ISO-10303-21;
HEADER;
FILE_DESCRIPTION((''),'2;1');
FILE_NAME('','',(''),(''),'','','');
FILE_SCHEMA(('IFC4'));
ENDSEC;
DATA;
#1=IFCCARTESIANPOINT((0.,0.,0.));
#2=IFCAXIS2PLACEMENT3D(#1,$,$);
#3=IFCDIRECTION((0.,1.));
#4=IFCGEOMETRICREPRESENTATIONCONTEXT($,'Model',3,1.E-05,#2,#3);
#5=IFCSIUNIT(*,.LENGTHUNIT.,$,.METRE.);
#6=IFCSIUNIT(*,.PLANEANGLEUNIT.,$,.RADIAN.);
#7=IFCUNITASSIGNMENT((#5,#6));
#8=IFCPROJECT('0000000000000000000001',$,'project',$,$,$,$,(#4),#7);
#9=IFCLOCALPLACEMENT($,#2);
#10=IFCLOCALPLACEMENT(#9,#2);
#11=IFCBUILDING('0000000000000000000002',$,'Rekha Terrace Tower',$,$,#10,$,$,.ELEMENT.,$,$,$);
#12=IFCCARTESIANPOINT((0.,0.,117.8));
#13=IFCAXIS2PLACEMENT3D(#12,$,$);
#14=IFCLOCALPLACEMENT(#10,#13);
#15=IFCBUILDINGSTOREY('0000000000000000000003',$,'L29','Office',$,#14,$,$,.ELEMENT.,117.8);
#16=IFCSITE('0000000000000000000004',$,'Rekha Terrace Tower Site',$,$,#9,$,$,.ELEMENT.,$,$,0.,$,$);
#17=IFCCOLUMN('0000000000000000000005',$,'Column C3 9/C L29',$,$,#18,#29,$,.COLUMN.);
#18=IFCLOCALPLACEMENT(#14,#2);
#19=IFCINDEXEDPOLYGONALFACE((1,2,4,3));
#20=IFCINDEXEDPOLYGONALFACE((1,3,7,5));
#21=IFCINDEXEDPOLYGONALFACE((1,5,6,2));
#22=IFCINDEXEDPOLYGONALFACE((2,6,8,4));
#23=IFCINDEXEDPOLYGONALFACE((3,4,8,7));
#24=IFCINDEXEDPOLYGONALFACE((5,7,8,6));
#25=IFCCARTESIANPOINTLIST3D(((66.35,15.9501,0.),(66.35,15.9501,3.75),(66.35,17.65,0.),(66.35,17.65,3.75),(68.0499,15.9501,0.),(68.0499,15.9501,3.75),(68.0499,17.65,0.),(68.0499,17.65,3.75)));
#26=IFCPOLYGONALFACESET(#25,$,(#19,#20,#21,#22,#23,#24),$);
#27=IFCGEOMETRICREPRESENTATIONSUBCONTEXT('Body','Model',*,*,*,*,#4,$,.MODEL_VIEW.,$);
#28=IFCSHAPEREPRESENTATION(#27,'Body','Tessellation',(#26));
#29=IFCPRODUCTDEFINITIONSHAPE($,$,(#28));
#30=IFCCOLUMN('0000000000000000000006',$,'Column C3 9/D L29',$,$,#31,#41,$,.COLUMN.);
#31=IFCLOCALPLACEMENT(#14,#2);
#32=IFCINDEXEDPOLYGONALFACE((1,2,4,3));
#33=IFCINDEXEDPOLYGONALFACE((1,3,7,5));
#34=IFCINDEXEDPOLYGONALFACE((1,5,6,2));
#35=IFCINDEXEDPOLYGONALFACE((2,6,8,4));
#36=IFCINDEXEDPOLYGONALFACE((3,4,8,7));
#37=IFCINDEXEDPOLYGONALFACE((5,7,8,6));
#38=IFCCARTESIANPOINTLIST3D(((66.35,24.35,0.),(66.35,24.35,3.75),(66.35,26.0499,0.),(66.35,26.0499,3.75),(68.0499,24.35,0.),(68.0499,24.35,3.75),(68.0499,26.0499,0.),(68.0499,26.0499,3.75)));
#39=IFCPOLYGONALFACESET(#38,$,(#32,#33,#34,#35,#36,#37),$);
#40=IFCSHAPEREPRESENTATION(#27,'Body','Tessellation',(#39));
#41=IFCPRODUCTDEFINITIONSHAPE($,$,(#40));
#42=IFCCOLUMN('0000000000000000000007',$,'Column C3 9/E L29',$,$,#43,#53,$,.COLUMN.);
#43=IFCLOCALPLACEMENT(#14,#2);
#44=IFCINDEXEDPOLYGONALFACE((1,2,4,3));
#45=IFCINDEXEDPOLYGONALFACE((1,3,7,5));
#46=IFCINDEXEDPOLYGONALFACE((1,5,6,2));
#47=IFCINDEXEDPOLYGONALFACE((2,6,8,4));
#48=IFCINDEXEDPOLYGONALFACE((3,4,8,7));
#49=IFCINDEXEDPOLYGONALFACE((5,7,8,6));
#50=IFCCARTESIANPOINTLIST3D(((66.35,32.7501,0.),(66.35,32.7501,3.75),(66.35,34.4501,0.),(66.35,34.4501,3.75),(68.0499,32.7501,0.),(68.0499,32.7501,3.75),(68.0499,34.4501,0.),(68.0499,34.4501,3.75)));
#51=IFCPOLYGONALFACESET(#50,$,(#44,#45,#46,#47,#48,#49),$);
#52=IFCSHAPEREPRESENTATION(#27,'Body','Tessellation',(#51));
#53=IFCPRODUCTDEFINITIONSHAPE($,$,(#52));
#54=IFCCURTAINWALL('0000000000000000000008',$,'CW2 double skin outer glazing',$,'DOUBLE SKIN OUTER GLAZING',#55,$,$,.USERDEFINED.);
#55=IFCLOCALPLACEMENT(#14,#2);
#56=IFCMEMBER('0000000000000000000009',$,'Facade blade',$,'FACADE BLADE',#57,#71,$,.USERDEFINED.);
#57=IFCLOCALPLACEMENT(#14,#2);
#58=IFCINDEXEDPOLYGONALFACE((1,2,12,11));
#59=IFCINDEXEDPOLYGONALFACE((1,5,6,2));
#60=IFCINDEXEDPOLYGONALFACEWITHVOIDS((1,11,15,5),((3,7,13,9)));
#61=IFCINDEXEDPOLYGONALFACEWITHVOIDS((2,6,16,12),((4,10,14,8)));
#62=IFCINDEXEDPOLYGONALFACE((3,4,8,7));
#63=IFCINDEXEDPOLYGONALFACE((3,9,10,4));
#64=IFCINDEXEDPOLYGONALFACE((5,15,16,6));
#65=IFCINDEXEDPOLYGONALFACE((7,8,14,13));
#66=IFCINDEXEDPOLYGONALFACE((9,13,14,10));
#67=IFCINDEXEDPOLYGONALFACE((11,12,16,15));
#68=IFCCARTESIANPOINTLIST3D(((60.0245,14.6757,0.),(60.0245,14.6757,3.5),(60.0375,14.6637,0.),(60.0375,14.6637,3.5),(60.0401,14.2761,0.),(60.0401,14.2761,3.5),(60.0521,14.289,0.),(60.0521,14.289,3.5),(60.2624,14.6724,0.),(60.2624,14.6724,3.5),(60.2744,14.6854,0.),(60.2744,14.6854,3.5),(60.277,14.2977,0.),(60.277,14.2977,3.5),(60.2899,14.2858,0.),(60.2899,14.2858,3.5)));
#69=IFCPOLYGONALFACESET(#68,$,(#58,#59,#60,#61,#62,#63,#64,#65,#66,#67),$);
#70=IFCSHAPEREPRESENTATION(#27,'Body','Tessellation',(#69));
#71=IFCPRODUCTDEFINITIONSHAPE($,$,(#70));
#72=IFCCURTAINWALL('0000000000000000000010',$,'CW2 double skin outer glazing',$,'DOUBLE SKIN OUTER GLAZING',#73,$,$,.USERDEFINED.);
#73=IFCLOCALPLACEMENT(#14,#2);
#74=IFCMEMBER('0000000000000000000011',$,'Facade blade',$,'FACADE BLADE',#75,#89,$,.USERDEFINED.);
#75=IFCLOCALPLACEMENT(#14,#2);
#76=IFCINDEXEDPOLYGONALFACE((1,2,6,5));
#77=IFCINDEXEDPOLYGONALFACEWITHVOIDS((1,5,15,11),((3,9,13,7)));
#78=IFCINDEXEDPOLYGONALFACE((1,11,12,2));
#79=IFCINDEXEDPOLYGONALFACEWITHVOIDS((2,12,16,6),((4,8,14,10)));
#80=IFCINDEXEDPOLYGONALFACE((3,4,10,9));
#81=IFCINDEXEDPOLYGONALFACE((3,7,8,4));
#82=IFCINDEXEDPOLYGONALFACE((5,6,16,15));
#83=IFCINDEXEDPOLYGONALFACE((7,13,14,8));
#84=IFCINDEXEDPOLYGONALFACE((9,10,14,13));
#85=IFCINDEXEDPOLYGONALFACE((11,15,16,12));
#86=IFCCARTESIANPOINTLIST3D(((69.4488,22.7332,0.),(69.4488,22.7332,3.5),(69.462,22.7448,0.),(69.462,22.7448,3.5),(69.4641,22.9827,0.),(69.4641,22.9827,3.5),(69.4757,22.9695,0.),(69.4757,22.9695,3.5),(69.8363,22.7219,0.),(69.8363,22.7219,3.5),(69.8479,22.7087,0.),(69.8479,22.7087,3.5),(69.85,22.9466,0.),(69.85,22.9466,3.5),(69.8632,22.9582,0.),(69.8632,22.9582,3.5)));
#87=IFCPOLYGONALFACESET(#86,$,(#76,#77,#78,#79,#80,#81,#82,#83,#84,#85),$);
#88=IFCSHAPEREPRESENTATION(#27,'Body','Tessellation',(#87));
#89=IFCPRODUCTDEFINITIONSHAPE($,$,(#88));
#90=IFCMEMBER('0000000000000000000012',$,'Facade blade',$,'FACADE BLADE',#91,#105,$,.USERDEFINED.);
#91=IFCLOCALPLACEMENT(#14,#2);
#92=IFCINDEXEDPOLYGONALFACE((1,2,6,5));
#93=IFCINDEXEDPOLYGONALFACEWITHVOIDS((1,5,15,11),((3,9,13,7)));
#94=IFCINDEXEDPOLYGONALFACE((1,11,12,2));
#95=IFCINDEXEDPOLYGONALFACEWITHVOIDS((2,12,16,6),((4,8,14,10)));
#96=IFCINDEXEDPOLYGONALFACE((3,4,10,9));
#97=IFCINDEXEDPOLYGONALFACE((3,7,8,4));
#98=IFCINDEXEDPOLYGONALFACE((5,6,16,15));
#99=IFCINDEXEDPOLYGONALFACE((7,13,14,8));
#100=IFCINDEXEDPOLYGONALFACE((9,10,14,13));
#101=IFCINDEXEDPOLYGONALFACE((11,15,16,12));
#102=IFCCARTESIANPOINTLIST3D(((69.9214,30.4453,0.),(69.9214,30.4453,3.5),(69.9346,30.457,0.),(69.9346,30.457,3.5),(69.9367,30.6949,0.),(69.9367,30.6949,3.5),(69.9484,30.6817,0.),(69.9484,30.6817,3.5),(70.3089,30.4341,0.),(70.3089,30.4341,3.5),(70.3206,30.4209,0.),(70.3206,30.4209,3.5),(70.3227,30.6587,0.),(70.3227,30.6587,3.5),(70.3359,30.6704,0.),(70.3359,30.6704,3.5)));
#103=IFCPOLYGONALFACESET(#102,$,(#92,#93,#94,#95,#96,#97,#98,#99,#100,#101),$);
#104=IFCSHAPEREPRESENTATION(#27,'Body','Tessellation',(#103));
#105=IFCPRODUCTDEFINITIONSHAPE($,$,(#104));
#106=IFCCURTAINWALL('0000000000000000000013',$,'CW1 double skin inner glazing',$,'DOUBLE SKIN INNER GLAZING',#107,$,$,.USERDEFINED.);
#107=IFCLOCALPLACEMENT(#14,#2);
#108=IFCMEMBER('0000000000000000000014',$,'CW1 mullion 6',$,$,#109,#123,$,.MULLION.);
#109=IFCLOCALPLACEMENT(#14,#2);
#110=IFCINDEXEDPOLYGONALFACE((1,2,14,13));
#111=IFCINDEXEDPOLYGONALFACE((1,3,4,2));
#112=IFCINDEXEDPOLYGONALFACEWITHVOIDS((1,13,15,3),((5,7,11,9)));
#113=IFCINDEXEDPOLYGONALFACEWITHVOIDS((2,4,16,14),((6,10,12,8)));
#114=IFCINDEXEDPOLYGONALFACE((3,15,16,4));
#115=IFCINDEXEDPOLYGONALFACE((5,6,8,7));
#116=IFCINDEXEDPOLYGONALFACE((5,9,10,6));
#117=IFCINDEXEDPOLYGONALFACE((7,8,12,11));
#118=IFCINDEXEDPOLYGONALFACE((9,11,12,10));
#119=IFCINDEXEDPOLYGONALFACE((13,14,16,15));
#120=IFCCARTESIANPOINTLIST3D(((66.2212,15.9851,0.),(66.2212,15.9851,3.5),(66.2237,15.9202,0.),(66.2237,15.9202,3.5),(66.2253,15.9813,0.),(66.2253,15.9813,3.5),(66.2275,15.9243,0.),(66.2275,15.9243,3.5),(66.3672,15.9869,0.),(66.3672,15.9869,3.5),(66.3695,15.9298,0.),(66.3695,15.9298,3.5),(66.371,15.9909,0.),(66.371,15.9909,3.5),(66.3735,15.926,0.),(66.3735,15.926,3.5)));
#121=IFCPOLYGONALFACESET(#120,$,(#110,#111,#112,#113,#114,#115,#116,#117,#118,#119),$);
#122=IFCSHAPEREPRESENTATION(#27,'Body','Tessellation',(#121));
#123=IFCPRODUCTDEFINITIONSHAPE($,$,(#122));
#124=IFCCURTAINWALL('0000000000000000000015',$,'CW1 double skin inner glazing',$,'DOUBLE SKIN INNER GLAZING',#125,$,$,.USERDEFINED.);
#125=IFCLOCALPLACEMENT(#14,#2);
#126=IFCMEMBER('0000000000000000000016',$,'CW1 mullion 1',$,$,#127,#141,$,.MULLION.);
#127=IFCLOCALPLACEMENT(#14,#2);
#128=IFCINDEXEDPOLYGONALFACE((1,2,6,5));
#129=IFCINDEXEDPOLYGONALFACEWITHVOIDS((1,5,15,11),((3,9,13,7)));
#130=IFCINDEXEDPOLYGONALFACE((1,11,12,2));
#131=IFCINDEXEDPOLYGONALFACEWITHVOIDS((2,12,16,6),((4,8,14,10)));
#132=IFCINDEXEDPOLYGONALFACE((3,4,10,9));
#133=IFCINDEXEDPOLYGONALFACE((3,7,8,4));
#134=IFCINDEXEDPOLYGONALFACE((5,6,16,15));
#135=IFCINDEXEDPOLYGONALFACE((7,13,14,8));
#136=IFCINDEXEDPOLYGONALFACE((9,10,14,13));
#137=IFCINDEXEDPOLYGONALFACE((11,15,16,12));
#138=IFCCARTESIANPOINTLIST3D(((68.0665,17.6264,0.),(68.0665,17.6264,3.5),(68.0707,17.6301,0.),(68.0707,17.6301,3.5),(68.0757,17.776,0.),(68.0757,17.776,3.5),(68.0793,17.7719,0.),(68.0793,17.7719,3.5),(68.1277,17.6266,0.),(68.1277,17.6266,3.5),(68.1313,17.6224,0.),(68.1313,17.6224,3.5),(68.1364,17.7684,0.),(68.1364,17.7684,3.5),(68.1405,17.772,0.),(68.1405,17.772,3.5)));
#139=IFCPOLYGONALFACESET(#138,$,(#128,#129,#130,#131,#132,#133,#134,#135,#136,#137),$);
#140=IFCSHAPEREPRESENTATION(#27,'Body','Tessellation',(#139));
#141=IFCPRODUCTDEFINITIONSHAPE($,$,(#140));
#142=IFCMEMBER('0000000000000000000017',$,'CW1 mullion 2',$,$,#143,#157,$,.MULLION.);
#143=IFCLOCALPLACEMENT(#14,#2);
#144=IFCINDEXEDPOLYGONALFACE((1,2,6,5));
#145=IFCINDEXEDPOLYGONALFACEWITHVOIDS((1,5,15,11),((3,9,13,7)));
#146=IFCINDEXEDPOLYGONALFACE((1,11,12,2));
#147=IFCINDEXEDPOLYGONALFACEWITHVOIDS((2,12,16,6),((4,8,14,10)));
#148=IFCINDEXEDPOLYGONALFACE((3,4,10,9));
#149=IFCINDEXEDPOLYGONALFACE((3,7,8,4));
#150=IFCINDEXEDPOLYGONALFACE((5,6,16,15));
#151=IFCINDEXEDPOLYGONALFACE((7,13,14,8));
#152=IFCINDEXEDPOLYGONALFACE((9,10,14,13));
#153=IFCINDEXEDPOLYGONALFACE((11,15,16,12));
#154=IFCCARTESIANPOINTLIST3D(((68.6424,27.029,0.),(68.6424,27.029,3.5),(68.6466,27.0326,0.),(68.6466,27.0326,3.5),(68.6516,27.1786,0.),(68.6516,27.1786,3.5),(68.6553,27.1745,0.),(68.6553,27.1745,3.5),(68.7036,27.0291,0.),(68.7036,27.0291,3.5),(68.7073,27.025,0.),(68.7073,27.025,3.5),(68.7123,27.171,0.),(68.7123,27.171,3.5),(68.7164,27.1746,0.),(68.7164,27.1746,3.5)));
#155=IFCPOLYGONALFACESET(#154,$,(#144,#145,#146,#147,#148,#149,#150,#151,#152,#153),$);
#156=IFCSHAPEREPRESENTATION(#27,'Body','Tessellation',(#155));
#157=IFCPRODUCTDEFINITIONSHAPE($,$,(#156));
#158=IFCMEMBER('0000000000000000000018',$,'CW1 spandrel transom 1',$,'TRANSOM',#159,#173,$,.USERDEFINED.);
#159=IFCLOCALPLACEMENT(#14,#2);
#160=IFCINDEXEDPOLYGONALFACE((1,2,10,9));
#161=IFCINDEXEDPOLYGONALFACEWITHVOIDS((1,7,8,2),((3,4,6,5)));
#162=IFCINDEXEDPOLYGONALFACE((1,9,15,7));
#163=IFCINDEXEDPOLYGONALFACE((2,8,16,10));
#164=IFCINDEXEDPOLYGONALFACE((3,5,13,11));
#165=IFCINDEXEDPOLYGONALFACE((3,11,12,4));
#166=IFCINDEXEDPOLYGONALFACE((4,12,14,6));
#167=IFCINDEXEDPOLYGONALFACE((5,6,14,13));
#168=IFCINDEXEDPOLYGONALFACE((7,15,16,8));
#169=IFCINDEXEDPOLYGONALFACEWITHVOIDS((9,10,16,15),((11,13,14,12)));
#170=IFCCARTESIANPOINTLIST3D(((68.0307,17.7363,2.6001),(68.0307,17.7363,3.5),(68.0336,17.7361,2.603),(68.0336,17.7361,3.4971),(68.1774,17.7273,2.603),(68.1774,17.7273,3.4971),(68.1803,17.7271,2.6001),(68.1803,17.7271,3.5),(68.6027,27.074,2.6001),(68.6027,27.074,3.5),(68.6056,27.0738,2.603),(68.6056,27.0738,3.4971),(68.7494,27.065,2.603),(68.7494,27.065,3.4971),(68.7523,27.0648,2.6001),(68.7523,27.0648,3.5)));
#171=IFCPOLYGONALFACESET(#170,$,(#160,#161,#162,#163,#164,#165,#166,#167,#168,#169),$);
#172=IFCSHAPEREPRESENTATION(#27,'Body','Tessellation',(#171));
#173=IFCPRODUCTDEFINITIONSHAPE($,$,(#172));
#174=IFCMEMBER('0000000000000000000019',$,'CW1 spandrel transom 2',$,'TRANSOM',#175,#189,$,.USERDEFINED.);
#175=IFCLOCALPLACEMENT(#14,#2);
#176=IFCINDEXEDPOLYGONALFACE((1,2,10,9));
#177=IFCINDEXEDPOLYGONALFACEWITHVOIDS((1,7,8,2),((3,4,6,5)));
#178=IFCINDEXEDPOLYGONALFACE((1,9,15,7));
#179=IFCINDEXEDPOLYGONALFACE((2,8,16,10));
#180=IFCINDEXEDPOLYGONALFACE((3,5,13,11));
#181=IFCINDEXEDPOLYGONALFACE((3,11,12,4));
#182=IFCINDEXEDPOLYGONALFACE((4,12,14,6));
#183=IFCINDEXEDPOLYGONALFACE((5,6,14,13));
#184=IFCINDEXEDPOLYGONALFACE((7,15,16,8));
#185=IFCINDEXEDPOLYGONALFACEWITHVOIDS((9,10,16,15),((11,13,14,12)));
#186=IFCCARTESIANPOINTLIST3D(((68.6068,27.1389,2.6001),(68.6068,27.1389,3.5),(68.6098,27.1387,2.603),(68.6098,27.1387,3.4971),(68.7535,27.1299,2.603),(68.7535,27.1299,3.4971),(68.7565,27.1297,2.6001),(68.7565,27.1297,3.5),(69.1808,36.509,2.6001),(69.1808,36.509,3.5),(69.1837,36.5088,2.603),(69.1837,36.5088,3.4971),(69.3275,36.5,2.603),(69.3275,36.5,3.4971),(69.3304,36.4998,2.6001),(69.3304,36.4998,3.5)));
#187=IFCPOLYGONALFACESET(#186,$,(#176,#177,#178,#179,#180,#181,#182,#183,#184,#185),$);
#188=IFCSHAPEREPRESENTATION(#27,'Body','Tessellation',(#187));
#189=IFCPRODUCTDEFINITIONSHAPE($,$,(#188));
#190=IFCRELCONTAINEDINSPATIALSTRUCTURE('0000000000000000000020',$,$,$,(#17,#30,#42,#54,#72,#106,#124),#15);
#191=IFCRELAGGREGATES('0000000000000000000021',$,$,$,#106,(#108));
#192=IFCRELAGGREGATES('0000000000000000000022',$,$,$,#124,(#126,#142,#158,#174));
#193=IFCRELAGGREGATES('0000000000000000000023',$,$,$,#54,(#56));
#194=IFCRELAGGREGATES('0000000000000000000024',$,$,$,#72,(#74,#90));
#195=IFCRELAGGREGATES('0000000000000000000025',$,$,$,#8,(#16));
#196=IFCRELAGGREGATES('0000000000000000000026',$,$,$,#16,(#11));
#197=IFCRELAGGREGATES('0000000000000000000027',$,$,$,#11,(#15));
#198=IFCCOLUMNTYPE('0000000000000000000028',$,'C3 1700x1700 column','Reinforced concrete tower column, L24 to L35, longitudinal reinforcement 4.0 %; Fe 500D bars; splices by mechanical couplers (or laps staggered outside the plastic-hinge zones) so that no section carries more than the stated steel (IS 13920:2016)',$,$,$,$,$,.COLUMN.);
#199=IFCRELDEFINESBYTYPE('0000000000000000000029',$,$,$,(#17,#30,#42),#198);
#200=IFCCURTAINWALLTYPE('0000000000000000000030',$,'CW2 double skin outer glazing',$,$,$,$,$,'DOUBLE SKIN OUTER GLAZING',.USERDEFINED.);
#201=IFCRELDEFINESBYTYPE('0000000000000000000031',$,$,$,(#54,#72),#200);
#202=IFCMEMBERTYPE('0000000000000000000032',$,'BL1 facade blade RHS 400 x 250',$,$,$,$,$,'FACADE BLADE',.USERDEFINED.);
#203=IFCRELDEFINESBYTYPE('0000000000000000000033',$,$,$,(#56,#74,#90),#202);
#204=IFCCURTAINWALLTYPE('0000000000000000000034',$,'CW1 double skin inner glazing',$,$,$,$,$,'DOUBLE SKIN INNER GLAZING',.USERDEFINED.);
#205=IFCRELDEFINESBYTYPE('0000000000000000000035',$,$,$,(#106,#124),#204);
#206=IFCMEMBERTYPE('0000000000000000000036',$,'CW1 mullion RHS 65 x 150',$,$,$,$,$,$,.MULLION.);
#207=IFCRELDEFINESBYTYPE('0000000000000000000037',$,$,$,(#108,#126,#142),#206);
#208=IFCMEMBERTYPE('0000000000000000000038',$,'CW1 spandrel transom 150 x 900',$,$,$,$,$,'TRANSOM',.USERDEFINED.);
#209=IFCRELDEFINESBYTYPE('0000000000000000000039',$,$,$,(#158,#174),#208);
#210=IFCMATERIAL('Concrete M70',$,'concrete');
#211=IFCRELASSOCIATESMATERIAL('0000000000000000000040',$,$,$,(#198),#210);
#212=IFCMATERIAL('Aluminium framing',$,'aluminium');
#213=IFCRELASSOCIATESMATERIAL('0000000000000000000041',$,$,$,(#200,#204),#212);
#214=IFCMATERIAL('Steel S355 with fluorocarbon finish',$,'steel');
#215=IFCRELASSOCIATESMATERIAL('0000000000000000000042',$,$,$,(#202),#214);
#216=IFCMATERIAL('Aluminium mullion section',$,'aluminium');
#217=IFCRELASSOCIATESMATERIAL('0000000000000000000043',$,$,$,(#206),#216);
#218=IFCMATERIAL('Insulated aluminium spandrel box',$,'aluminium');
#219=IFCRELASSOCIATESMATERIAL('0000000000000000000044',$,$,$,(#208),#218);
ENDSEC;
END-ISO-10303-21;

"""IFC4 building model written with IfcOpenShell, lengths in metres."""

from ifc_helpers import new_model, si_unit, direction, frame, origin, origin_2d, place, context, subcontext, project, spatial, rectangle, hollow_rectangle, extrude, material, material_profile, profile_set, type_object, element, aggregate, save


model = new_model("IFC4")

# Units and contexts
model_context = context("Model", 3, precision=1e-05, world=origin(), true_north=direction((0.0, 1.0)))
body_context = subcontext(model_context, "Body", "Model", "MODEL_VIEW")
ifc_project = project(units=[si_unit("LENGTHUNIT", "METRE"), si_unit("PLANEANGLEUNIT", "RADIAN")], contexts=[model_context])

# Site, building, storey
site_placement = place(None, origin())
site = spatial("IfcSite", under=ifc_project, at=site_placement, Name="Rekha Terrace Tower Site", CompositionType="ELEMENT", RefElevation=0.0)
building_placement = place(site_placement, origin())
building = spatial("IfcBuilding", under=site, at=building_placement, Name="Rekha Terrace Tower", CompositionType="ELEMENT")
storey_placement = place(building_placement, frame((0.0, 0.0, 117.8)))
storey = spatial("IfcBuildingStorey", under=building, at=storey_placement, Name="L29", Description="Office", CompositionType="ELEMENT", Elevation=117.8)

# Columns
ifc_material_1 = material(Name="Concrete M70", Category="concrete")
ifc_material_profile_1 = material_profile(ifc_material_1, rectangle(XDim=1.7, YDim=1.7, at=origin_2d()), Name="RC 1700x1700")
ifc_profile_set_1 = profile_set([ifc_material_profile_1], Name="Concrete M70")
column_type = type_object("IfcColumnType", Name="C3 1700x1700 column", Description="Reinforced concrete tower column, L24 to L35, longitudinal reinforcement 4.0 %; Fe 500D bars; splices by mechanical couplers (or laps staggered outside the plastic-hinge zones) so that no section carries more than the stated steel (IS 13920:2016)", PredefinedType="COLUMN", material=ifc_profile_set_1)
for number, where, z_axis, x_axis, name in (
    (1, (67.2, 16.8, 0.0), (0.0, 0.0, 1.0), (1.0, 0.0, 0.0), "Column C3 9/C L29"),
    (2, (67.2, 25.2, 0.0), (0.0, 0.0, 1.0), (1.0, 0.0, 0.0), "Column C3 9/D L29"),
    (3, (67.2, 33.6001, 0.0), (0.0, 0.0, 1.0), (1.0, 0.0, 0.0), "Column C3 9/E L29"),
):
    element("IfcColumn", number, at=place(storey_placement, frame(where, z_axis=z_axis, x_axis=x_axis)), inside=storey, type_object=column_type, Name=name, PredefinedType="COLUMN", context=body_context, shape_type="SweptSolid", body=[
        extrude(rectangle(XDim=1.7, YDim=1.7, at=origin_2d()), origin(), (0.0, 0.0, 1.0), 3.75),
    ])

# Curtain wall, member
ifc_material_2 = material(Name="Aluminium framing", Category="aluminium")
curtain_wall_type_1 = type_object("IfcCurtainWallType", Name="CW2 double skin outer glazing", ElementType="DOUBLE SKIN OUTER GLAZING", PredefinedType="USERDEFINED", material=ifc_material_2)
curtain_wall_1_placement = place(storey_placement, origin())
curtain_wall_1 = element("IfcCurtainWall", 4, at=curtain_wall_1_placement, inside=storey, type_object=curtain_wall_type_1, Name="CW2 double skin outer glazing", ObjectType="DOUBLE SKIN OUTER GLAZING", PredefinedType="USERDEFINED")
ifc_material_3 = material(Name="Steel S355 with fluorocarbon finish", Category="steel")
ifc_material_profile_2 = material_profile(ifc_material_3, hollow_rectangle(XDim=0.25, YDim=0.3999, WallThickness=0.0125, at=origin_2d()), Name="RHS400x250x12.5")
ifc_profile_set_2 = profile_set([ifc_material_profile_2], Name="Steel S355 with fluorocarbon finish")
member_type_1 = type_object("IfcMemberType", Name="BL1 facade blade RHS 400 x 250", ElementType="FACADE BLADE", PredefinedType="USERDEFINED", material=ifc_profile_set_2)
member_1_placement = place(storey_placement, frame((60.1572, 14.4807, 0.0), z_axis=(0.0, 0.0, 1.0), x_axis=(0.999243, 0.03889, 0.0)))
member_1 = element("IfcMember", 5, at=member_1_placement, type_object=member_type_1, Name="Facade blade", ObjectType="FACADE BLADE", PredefinedType="USERDEFINED", context=body_context, shape_type="SweptSolid", body=[
    extrude(hollow_rectangle(XDim=0.25, YDim=0.3999, WallThickness=0.0125, at=origin_2d()), origin(), (0.0, 0.0, 1.0), 3.5),
])

# Curtain wall, members
curtain_wall_2_placement = place(storey_placement, origin())
curtain_wall_2 = element("IfcCurtainWall", 6, at=curtain_wall_2_placement, inside=storey, type_object=curtain_wall_type_1, Name="CW2 double skin outer glazing", ObjectType="DOUBLE SKIN OUTER GLAZING", PredefinedType="USERDEFINED")
member_2_placement = place(storey_placement, frame((69.656, 22.8457, 0.0), z_axis=(0.0, 0.0, 1.0), x_axis=(0.06116, 0.998128, 0.0)))
member_2 = element("IfcMember", 7, at=member_2_placement, type_object=member_type_1, Name="Facade blade", ObjectType="FACADE BLADE", PredefinedType="USERDEFINED", context=body_context, shape_type="SweptSolid", body=[
    extrude(hollow_rectangle(XDim=0.25, YDim=0.3999, WallThickness=0.0125, at=origin_2d()), origin(), (0.0, 0.0, 1.0), 3.5),
])
member_3_placement = place(storey_placement, frame((70.1287, 30.5579, 0.0), z_axis=(0.0, 0.0, 1.0), x_axis=(0.06116, 0.998128, 0.0)))
member_3 = element("IfcMember", 8, at=member_3_placement, type_object=member_type_1, Name="Facade blade", ObjectType="FACADE BLADE", PredefinedType="USERDEFINED", context=body_context, shape_type="SweptSolid", body=[
    extrude(hollow_rectangle(XDim=0.25, YDim=0.3999, WallThickness=0.0125, at=origin_2d()), origin(), (0.0, 0.0, 1.0), 3.5),
])

# Curtain wall, member
curtain_wall_type_2 = type_object("IfcCurtainWallType", Name="CW1 double skin inner glazing", ElementType="DOUBLE SKIN INNER GLAZING", PredefinedType="USERDEFINED", material=ifc_material_2)
curtain_wall_3_placement = place(storey_placement, origin())
curtain_wall_3 = element("IfcCurtainWall", 9, at=curtain_wall_3_placement, inside=storey, type_object=curtain_wall_type_2, Name="CW1 double skin inner glazing", ObjectType="DOUBLE SKIN INNER GLAZING", PredefinedType="USERDEFINED")
ifc_material_4 = material(Name="Aluminium mullion section", Category="aluminium")
ifc_material_profile_3 = material_profile(ifc_material_4, hollow_rectangle(XDim=0.0649, YDim=0.1499, WallThickness=0.0039, at=origin_2d()), Name="AL RHS 65x150")
ifc_profile_set_3 = profile_set([ifc_material_profile_3], Name="Aluminium mullion section")
member_type_2 = type_object("IfcMemberType", Name="CW1 mullion RHS 65 x 150", PredefinedType="MULLION", material=ifc_profile_set_3)
member_4_placement = place(storey_placement, frame((66.2974, 15.9556, 0.0), z_axis=(0.0, 0.0, 1.0), x_axis=(-0.03889, 0.999243, 0.0)))
member_4 = element("IfcMember", 10, at=member_4_placement, type_object=member_type_2, Name="CW1 mullion 6", PredefinedType="MULLION", context=body_context, shape_type="SweptSolid", body=[
    extrude(hollow_rectangle(XDim=0.0649, YDim=0.1499, WallThickness=0.0039, at=origin_2d()), origin(), (0.0, 0.0, 1.0), 3.5),
])

# Curtain wall, members
curtain_wall_4_placement = place(storey_placement, origin())
curtain_wall_4 = element("IfcCurtainWall", 11, at=curtain_wall_4_placement, inside=storey, type_object=curtain_wall_type_2, Name="CW1 double skin inner glazing", ObjectType="DOUBLE SKIN INNER GLAZING", PredefinedType="USERDEFINED")
member_5_placement = place(storey_placement, frame((68.1035, 17.6992, 0.0), z_axis=(0.0, 0.0, 1.0), x_axis=(-0.998128, 0.06116, 0.0)))
member_5 = element("IfcMember", 12, at=member_5_placement, type_object=member_type_2, Name="CW1 mullion 1", PredefinedType="MULLION", context=body_context, shape_type="SweptSolid", body=[
    extrude(hollow_rectangle(XDim=0.0649, YDim=0.1499, WallThickness=0.0039, at=origin_2d()), origin(), (0.0, 0.0, 1.0), 3.5),
])
member_6_placement = place(storey_placement, frame((68.6794, 27.1018, 0.0), z_axis=(0.0, 0.0, 1.0), x_axis=(-0.998128, 0.06116, 0.0)))
member_6 = element("IfcMember", 13, at=member_6_placement, type_object=member_type_2, Name="CW1 mullion 2", PredefinedType="MULLION", context=body_context, shape_type="SweptSolid", body=[
    extrude(hollow_rectangle(XDim=0.0649, YDim=0.1499, WallThickness=0.0039, at=origin_2d()), origin(), (0.0, 0.0, 1.0), 3.5),
])
ifc_material_5 = material(Name="Insulated aluminium spandrel box", Category="aluminium")
ifc_material_profile_4 = material_profile(ifc_material_5, hollow_rectangle(XDim=0.1499, YDim=0.8999, WallThickness=0.0029, at=origin_2d()), Name="AL SPANDREL BOX 150x900")
ifc_profile_set_4 = profile_set([ifc_material_profile_4], Name="Insulated aluminium spandrel box")
member_type_3 = type_object("IfcMemberType", Name="CW1 spandrel transom 150 x 900", ElementType="TRANSOM", PredefinedType="USERDEFINED", material=ifc_profile_set_4)
member_7_placement = place(storey_placement, frame((68.1055, 17.7317, 3.05), z_axis=(0.061145, 0.998129, 0.0), x_axis=(-0.998129, 0.061145, 0.0)))
member_7 = element("IfcMember", 14, at=member_7_placement, type_object=member_type_3, Name="CW1 spandrel transom 1", ObjectType="TRANSOM", PredefinedType="USERDEFINED", context=body_context, shape_type="SweptSolid", body=[
    extrude(hollow_rectangle(XDim=0.1499, YDim=0.8999, WallThickness=0.0029, at=origin_2d()), origin(), (0.0, 0.0, 1.0), 9.3552),
])
member_8_placement = place(storey_placement, frame((68.6816, 27.1343, 3.05), z_axis=(0.061141, 0.998129, 0.0), x_axis=(-0.998129, 0.061141, 0.0)))
member_8 = element("IfcMember", 15, at=member_8_placement, type_object=member_type_3, Name="CW1 spandrel transom 2", ObjectType="TRANSOM", PredefinedType="USERDEFINED", context=body_context, shape_type="SweptSolid", body=[
    extrude(hollow_rectangle(XDim=0.1499, YDim=0.8999, WallThickness=0.0029, at=origin_2d()), origin(), (0.0, 0.0, 1.0), 9.3877),
])

aggregate(curtain_wall_3, [member_4])
aggregate(curtain_wall_4, [member_5, member_6, member_7, member_8])
aggregate(curtain_wall_1, [member_1])
aggregate(curtain_wall_2, [member_2, member_3])

save(model, "model.ifc")
